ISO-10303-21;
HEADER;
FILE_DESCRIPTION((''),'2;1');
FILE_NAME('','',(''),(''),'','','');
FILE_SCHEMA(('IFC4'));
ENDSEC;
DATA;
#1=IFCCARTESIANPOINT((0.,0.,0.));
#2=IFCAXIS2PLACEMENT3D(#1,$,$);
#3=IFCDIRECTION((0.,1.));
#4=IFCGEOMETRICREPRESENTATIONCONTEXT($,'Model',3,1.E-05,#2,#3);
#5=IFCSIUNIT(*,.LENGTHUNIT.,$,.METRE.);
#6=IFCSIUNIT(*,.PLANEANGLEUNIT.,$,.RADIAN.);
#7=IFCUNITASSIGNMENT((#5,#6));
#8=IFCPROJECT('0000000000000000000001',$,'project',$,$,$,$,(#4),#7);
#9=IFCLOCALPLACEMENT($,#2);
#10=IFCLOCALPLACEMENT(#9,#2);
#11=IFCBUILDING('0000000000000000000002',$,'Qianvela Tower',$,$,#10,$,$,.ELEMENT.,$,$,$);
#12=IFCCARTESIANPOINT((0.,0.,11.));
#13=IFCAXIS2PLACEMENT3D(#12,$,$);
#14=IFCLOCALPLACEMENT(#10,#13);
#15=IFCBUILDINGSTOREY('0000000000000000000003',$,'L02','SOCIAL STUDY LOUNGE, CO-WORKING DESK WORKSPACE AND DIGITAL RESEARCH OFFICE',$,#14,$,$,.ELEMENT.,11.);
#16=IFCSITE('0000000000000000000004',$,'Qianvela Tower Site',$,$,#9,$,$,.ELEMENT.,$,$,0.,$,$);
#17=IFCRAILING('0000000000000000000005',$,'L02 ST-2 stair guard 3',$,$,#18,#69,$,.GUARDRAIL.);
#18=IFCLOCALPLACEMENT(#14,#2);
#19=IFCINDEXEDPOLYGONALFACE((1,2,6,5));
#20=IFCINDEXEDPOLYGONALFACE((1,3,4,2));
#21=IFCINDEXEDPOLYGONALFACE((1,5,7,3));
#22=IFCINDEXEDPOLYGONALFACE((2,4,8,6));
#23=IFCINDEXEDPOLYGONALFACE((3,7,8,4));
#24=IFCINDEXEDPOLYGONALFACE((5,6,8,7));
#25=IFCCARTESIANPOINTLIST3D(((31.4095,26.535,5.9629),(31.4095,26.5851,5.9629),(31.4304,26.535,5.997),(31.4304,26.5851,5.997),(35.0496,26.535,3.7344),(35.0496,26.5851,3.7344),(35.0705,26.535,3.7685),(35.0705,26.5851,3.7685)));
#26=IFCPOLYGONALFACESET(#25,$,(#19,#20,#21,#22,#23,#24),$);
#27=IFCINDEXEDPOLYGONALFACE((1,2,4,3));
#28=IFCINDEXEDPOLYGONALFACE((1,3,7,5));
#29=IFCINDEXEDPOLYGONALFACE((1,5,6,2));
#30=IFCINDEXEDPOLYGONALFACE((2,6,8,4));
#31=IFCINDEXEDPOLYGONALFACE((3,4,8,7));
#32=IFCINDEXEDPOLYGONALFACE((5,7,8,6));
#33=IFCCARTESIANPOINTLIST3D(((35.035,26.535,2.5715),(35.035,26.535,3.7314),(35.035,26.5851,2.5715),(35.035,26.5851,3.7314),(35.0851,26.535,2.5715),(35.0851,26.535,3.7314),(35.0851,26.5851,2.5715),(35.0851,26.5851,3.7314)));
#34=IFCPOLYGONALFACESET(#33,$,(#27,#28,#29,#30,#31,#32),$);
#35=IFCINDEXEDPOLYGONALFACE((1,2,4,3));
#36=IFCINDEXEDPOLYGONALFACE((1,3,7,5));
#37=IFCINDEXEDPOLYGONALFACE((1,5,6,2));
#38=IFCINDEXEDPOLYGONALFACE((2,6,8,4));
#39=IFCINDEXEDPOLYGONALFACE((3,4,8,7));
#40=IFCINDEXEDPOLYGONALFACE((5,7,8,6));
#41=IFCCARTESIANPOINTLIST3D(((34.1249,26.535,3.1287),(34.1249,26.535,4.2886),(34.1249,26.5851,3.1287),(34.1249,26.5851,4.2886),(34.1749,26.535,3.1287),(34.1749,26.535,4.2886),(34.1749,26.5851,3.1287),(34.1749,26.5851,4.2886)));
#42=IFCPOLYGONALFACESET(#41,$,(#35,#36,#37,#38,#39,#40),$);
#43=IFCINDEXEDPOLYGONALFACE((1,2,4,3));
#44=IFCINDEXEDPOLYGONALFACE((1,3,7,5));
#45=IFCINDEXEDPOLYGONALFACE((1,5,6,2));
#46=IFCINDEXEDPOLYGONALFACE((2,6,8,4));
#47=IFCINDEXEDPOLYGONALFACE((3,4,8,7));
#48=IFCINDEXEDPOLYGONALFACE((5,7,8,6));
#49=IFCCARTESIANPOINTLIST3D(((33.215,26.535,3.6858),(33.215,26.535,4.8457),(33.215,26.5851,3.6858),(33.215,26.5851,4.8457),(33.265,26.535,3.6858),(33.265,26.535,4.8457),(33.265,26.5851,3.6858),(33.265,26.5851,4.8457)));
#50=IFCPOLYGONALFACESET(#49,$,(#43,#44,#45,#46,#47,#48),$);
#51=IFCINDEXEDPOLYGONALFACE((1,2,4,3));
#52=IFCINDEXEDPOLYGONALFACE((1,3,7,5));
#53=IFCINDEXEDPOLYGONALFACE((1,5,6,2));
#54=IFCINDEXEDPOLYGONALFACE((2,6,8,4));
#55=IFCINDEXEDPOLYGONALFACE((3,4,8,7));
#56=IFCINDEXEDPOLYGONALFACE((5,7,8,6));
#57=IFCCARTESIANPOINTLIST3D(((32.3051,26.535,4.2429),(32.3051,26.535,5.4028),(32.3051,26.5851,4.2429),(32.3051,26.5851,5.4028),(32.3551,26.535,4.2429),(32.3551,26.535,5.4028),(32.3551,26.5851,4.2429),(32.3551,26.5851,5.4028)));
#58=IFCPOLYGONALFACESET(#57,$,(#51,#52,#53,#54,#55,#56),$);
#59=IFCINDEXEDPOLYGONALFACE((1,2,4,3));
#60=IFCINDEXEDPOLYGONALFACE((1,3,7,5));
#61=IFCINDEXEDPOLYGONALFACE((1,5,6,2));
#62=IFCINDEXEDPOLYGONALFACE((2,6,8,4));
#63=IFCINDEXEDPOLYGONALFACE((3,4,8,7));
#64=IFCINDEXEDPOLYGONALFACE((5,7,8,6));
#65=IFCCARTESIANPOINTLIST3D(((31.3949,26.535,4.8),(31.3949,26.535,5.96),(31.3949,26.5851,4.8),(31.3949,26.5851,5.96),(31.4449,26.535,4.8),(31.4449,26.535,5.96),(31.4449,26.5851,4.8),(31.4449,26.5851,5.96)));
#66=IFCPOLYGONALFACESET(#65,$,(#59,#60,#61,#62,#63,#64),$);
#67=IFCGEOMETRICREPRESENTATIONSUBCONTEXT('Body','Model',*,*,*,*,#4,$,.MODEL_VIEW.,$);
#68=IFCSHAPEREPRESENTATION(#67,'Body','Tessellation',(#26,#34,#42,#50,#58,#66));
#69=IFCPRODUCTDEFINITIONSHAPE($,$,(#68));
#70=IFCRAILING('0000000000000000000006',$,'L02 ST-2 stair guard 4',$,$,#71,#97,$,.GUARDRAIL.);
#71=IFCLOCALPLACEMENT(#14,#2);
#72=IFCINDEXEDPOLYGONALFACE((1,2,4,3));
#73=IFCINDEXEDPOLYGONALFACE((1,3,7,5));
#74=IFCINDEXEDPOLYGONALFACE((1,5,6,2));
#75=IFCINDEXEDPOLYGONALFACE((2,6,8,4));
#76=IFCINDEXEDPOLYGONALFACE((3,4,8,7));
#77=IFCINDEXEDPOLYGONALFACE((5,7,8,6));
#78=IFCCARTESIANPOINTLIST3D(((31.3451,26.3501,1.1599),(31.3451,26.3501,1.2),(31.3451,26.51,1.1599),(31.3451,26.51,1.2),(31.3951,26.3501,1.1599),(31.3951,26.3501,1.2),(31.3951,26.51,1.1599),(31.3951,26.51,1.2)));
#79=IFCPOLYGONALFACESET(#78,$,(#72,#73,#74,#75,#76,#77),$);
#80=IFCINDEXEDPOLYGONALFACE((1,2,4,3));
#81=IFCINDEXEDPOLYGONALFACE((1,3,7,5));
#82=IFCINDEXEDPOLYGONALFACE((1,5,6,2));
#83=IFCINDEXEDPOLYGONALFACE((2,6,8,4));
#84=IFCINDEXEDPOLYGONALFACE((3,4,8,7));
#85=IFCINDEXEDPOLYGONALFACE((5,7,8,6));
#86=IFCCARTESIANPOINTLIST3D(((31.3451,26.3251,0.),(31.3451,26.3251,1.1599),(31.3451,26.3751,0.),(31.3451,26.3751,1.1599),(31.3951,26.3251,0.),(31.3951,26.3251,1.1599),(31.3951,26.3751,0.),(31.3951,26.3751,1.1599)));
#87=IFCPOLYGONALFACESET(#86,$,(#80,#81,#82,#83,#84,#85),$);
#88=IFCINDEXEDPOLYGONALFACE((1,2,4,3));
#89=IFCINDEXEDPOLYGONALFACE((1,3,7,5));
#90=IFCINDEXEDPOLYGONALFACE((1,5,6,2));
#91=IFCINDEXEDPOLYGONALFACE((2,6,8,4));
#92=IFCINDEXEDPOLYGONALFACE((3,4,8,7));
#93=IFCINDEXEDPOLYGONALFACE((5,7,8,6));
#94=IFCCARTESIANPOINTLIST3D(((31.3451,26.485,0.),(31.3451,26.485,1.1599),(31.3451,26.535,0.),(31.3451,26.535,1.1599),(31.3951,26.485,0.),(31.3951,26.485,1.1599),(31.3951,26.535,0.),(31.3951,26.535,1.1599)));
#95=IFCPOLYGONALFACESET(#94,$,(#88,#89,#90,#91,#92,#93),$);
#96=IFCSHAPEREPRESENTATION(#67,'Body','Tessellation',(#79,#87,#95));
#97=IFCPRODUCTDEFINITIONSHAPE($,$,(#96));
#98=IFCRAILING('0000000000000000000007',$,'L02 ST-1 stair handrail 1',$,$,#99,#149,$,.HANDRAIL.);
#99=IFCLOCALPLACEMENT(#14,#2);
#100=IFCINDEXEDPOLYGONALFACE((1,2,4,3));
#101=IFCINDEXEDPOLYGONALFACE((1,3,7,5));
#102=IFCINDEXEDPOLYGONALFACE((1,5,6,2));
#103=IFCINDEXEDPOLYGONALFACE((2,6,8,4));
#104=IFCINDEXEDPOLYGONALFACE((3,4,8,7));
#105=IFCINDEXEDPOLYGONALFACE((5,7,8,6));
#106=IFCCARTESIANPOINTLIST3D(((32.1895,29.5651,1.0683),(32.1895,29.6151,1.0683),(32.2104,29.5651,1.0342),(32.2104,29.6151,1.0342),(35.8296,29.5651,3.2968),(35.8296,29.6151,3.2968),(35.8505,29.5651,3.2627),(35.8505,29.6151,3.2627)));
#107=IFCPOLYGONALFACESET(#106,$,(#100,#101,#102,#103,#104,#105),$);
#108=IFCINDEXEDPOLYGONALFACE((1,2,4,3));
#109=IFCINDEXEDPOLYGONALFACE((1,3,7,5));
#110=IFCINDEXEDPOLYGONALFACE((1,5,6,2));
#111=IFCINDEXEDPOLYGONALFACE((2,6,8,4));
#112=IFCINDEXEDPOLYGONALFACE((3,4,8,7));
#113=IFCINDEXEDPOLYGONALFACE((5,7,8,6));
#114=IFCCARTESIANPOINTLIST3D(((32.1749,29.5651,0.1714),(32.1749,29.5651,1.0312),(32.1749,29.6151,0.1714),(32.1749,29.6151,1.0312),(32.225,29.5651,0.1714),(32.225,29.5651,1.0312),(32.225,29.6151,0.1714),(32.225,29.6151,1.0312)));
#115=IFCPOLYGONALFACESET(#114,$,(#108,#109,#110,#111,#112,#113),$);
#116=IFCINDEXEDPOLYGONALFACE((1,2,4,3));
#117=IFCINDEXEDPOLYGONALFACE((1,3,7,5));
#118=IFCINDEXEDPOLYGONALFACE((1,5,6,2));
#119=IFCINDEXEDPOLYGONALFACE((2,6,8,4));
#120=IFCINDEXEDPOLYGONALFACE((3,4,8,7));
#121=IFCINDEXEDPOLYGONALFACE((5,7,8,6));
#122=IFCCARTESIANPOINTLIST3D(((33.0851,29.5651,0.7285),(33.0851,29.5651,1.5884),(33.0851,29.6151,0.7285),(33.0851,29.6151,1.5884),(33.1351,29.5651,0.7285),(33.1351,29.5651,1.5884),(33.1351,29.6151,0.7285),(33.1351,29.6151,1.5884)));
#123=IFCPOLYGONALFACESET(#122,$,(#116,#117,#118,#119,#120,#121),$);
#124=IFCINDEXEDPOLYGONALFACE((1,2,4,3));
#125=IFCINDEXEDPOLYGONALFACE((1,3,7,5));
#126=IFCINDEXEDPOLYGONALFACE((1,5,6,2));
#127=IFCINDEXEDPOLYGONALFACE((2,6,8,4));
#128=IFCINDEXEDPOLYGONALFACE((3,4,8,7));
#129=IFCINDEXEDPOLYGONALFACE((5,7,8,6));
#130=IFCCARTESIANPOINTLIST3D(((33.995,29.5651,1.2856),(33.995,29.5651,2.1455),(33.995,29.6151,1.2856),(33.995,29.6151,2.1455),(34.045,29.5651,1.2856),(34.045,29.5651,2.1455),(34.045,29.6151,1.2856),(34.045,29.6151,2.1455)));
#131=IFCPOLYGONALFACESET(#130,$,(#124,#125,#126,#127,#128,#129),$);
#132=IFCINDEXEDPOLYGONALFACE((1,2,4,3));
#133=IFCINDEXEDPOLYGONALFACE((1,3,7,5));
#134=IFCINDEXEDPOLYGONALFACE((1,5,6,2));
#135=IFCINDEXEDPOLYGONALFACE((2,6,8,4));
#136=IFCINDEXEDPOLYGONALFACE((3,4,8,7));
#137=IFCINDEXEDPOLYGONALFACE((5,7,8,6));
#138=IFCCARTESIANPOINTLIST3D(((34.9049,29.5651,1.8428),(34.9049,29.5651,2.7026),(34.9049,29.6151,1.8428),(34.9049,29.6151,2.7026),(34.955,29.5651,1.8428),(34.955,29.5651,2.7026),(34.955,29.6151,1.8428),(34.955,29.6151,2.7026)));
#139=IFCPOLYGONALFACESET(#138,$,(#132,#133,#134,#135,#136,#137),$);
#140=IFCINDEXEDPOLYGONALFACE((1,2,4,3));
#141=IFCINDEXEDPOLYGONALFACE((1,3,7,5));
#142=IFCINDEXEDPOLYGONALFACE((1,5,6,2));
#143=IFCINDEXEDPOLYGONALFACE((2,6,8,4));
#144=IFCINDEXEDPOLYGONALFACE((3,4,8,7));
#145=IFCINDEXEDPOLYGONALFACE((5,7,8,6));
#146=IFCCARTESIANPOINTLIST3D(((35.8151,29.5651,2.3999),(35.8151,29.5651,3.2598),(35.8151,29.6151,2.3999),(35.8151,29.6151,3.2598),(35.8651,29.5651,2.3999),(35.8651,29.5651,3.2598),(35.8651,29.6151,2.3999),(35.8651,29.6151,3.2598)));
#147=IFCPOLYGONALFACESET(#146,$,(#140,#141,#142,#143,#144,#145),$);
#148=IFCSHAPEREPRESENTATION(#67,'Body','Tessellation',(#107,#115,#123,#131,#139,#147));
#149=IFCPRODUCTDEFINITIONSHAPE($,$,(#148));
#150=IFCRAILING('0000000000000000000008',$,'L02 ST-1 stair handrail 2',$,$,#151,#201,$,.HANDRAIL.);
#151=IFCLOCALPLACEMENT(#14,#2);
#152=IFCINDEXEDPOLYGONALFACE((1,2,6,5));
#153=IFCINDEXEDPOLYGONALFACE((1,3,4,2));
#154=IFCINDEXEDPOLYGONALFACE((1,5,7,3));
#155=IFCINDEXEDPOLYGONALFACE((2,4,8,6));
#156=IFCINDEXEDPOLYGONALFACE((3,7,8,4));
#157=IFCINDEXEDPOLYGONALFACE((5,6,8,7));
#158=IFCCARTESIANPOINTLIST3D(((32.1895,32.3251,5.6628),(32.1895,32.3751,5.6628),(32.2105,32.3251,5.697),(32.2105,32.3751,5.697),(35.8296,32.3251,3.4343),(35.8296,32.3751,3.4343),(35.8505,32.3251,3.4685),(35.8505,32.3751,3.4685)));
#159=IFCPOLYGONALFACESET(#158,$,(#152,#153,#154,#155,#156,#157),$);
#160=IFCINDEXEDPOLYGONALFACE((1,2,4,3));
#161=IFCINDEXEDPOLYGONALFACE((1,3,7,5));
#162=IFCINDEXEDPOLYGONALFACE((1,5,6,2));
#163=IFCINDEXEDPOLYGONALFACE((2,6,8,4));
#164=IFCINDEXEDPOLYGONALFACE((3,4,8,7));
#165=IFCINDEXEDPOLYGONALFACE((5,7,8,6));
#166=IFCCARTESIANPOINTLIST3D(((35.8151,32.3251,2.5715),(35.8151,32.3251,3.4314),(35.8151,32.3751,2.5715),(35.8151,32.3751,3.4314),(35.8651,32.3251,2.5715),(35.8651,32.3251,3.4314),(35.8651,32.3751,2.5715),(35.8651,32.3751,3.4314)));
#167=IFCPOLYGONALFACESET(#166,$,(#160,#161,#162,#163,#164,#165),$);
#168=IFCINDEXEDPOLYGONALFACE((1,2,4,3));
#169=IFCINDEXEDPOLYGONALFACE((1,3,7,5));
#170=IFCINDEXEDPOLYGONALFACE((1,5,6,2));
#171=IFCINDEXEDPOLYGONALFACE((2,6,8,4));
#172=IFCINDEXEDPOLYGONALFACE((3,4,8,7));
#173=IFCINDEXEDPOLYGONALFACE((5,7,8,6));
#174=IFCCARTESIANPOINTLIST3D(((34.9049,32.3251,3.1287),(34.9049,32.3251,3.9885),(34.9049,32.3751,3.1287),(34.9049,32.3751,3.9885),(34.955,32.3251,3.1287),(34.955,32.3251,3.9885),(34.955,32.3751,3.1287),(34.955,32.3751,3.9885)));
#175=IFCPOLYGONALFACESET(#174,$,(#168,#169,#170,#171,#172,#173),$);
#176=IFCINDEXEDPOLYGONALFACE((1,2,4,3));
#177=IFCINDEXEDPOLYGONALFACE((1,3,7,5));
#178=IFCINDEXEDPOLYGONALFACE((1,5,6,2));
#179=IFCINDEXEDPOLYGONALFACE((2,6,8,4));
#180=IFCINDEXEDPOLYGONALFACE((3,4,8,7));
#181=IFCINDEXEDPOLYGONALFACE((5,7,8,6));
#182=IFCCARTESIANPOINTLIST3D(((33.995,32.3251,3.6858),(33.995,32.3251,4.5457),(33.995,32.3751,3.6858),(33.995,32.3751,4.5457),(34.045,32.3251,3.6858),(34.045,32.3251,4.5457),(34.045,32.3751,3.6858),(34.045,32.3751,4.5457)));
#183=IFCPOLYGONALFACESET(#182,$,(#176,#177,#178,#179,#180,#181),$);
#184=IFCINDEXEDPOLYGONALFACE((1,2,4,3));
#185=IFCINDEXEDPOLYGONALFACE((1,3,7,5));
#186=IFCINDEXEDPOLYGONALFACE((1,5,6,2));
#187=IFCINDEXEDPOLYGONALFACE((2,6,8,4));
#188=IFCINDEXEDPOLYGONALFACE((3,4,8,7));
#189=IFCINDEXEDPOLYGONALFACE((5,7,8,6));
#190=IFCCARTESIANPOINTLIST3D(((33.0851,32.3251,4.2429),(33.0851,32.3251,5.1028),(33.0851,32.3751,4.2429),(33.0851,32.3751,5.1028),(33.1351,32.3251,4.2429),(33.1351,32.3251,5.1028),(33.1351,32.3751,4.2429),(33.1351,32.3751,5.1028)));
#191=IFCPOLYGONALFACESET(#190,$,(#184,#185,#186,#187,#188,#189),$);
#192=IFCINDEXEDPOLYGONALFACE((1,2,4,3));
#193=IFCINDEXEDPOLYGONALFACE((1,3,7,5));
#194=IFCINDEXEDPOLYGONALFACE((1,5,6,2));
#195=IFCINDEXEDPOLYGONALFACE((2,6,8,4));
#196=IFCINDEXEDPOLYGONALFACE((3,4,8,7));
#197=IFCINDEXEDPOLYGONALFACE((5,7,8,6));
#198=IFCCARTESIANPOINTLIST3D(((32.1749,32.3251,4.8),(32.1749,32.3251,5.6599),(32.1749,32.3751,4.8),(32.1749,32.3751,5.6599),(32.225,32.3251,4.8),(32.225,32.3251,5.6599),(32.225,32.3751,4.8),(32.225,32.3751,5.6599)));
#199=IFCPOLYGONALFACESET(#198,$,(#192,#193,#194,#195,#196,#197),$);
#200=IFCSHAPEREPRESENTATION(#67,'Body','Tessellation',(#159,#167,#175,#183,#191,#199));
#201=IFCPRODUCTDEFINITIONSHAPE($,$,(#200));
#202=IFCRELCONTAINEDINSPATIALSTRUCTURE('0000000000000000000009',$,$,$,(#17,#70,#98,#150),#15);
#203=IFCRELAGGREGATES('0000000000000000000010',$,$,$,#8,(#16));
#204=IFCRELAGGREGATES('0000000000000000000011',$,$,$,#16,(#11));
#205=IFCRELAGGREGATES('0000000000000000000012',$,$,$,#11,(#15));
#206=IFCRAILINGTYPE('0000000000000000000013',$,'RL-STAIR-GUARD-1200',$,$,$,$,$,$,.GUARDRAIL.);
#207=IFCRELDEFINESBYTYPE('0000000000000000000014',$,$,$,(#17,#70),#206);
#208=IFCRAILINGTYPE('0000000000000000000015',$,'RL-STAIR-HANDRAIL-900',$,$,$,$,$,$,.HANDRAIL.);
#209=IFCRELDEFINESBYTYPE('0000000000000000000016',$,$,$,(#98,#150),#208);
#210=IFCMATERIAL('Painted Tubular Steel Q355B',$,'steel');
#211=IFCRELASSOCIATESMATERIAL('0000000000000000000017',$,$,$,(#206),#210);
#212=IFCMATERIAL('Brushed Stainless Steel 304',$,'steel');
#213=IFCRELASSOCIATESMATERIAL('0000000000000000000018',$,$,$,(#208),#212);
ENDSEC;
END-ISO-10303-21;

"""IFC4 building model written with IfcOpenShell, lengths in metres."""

from ifc_helpers import new_model, si_unit, direction, frame, origin, origin_2d, place, context, subcontext, project, spatial, rectangle, extrude, material, type_object, element, save


model = new_model("IFC4")

# Units and contexts
model_context = context("Model", 3, precision=1e-05, world=origin(), true_north=direction((0.0, 1.0)))
body_context = subcontext(model_context, "Body", "Model", "MODEL_VIEW")
ifc_project = project(units=[si_unit("LENGTHUNIT", "METRE"), si_unit("PLANEANGLEUNIT", "RADIAN")], contexts=[model_context])

# Site, building, storey
site_placement = place(None, origin())
site = spatial("IfcSite", under=ifc_project, at=site_placement, Name="Qianvela Tower Site", CompositionType="ELEMENT", RefElevation=0.0)
building_placement = place(site_placement, origin())
building = spatial("IfcBuilding", under=site, at=building_placement, Name="Qianvela Tower", CompositionType="ELEMENT")
storey_placement = place(building_placement, frame((0.0, 0.0, 11.0)))
storey = spatial("IfcBuildingStorey", under=building, at=storey_placement, Name="L02", Description="SOCIAL STUDY LOUNGE, CO-WORKING DESK WORKSPACE AND DIGITAL RESEARCH OFFICE", CompositionType="ELEMENT", Elevation=11.0)

# Railings
ifc_material_1 = material(Name="Painted Tubular Steel Q355B", Category="steel")
railing_type_1 = type_object("IfcRailingType", Name="RL-STAIR-GUARD-1200", PredefinedType="GUARDRAIL", material=ifc_material_1)
railing_1_placement = place(storey_placement, frame((35.0601, 26.5601, 2.5715)))
element("IfcRailing", 1, at=railing_1_placement, inside=storey, type_object=railing_type_1, Name="L02 ST-2 stair guard 3", PredefinedType="GUARDRAIL", context=body_context, shape_type="SweptSolid", body=[
    extrude(rectangle(XDim=0.05, YDim=0.04, at=origin_2d()), frame((0.0, 0.0, 1.1799), z_axis=(-0.852866, 0.0, 0.52213), x_axis=(0.0, -1.0, 0.0)), (0.0, 0.0, 1.0), 4.2681),
    extrude(rectangle(XDim=0.05, YDim=0.05, at=origin_2d()), origin(), (0.0, 0.0, 1.0), 1.1599),
    extrude(rectangle(XDim=0.05, YDim=0.05, at=origin_2d()), frame((-0.9102, 0.0, 0.5571)), (0.0, 0.0, 1.0), 1.1599),
    extrude(rectangle(XDim=0.05, YDim=0.05, at=origin_2d()), frame((-1.8201, 0.0, 1.1143)), (0.0, 0.0, 1.0), 1.1599),
    extrude(rectangle(XDim=0.05, YDim=0.05, at=origin_2d()), frame((-2.73, 0.0, 1.6714)), (0.0, 0.0, 1.0), 1.1599),
    extrude(rectangle(XDim=0.05, YDim=0.05, at=origin_2d()), frame((-3.6401, 0.0, 2.2285)), (0.0, 0.0, 1.0), 1.1599),
])
railing_2_placement = place(storey_placement, frame((31.3701, 26.3501, 0.0)))
element("IfcRailing", 2, at=railing_2_placement, inside=storey, type_object=railing_type_1, Name="L02 ST-2 stair guard 4", PredefinedType="GUARDRAIL", context=body_context, shape_type="SweptSolid", body=[
    extrude(rectangle(XDim=0.05, YDim=0.04, at=origin_2d()), frame((0.0, 0.0, 1.1799), z_axis=(0.0, 1.0, 0.0), x_axis=(-1.0, 0.0, 0.0)), (0.0, 0.0, 1.0), 0.1599),
    extrude(rectangle(XDim=0.05, YDim=0.05, at=origin_2d()), origin(), (0.0, 0.0, 1.0), 1.1599),
    extrude(rectangle(XDim=0.05, YDim=0.05, at=origin_2d()), frame((0.0, 0.1599, 0.0)), (0.0, 0.0, 1.0), 1.1599),
])
ifc_material_2 = material(Name="Brushed Stainless Steel 304", Category="steel")
railing_type_2 = type_object("IfcRailingType", Name="RL-STAIR-HANDRAIL-900", PredefinedType="HANDRAIL", material=ifc_material_2)
railing_3_placement = place(storey_placement, frame((32.2, 29.5901, 0.1714)))
element("IfcRailing", 3, at=railing_3_placement, inside=storey, type_object=railing_type_2, Name="L02 ST-1 stair handrail 1", PredefinedType="HANDRAIL", context=body_context, shape_type="SweptSolid", body=[
    extrude(rectangle(XDim=0.05, YDim=0.04, at=origin_2d()), frame((0.0, 0.0, 0.8799), z_axis=(0.852866, 0.0, 0.52213), x_axis=(0.0, 1.0, 0.0)), (0.0, 0.0, 1.0), 4.2681),
    extrude(rectangle(XDim=0.05, YDim=0.05, at=origin_2d()), origin(), (0.0, 0.0, 1.0), 0.8599),
    extrude(rectangle(XDim=0.05, YDim=0.05, at=origin_2d()), frame((0.9102, 0.0, 0.5571)), (0.0, 0.0, 1.0), 0.8599),
    extrude(rectangle(XDim=0.05, YDim=0.05, at=origin_2d()), frame((1.8201, 0.0, 1.1143)), (0.0, 0.0, 1.0), 0.8599),
    extrude(rectangle(XDim=0.05, YDim=0.05, at=origin_2d()), frame((2.73, 0.0, 1.6714)), (0.0, 0.0, 1.0), 0.8599),
    extrude(rectangle(XDim=0.05, YDim=0.05, at=origin_2d()), frame((3.6401, 0.0, 2.2285)), (0.0, 0.0, 1.0), 0.8599),
])
for number, where, name in (
    (4, (35.8401, 32.3501, 2.5715), "L02 ST-1 stair handrail 2"),
):
    element("IfcRailing", number, at=place(storey_placement, frame(where)), inside=storey, type_object=railing_type_2, Name=name, PredefinedType="HANDRAIL", context=body_context, shape_type="SweptSolid", body=[
        extrude(rectangle(XDim=0.05, YDim=0.04, at=origin_2d()), frame((0.0, 0.0, 0.8799), z_axis=(-0.852866, 0.0, 0.52213), x_axis=(0.0, -1.0, 0.0)), (0.0, 0.0, 1.0), 4.2681),
        extrude(rectangle(XDim=0.05, YDim=0.05, at=origin_2d()), origin(), (0.0, 0.0, 1.0), 0.8599),
        extrude(rectangle(XDim=0.05, YDim=0.05, at=origin_2d()), frame((-0.9102, 0.0, 0.5571)), (0.0, 0.0, 1.0), 0.8599),
        extrude(rectangle(XDim=0.05, YDim=0.05, at=origin_2d()), frame((-1.8201, 0.0, 1.1143)), (0.0, 0.0, 1.0), 0.8599),
        extrude(rectangle(XDim=0.05, YDim=0.05, at=origin_2d()), frame((-2.73, 0.0, 1.6714)), (0.0, 0.0, 1.0), 0.8599),
        extrude(rectangle(XDim=0.05, YDim=0.05, at=origin_2d()), frame((-3.6401, 0.0, 2.2285)), (0.0, 0.0, 1.0), 0.8599),
    ])

save(model, "model.ifc")
